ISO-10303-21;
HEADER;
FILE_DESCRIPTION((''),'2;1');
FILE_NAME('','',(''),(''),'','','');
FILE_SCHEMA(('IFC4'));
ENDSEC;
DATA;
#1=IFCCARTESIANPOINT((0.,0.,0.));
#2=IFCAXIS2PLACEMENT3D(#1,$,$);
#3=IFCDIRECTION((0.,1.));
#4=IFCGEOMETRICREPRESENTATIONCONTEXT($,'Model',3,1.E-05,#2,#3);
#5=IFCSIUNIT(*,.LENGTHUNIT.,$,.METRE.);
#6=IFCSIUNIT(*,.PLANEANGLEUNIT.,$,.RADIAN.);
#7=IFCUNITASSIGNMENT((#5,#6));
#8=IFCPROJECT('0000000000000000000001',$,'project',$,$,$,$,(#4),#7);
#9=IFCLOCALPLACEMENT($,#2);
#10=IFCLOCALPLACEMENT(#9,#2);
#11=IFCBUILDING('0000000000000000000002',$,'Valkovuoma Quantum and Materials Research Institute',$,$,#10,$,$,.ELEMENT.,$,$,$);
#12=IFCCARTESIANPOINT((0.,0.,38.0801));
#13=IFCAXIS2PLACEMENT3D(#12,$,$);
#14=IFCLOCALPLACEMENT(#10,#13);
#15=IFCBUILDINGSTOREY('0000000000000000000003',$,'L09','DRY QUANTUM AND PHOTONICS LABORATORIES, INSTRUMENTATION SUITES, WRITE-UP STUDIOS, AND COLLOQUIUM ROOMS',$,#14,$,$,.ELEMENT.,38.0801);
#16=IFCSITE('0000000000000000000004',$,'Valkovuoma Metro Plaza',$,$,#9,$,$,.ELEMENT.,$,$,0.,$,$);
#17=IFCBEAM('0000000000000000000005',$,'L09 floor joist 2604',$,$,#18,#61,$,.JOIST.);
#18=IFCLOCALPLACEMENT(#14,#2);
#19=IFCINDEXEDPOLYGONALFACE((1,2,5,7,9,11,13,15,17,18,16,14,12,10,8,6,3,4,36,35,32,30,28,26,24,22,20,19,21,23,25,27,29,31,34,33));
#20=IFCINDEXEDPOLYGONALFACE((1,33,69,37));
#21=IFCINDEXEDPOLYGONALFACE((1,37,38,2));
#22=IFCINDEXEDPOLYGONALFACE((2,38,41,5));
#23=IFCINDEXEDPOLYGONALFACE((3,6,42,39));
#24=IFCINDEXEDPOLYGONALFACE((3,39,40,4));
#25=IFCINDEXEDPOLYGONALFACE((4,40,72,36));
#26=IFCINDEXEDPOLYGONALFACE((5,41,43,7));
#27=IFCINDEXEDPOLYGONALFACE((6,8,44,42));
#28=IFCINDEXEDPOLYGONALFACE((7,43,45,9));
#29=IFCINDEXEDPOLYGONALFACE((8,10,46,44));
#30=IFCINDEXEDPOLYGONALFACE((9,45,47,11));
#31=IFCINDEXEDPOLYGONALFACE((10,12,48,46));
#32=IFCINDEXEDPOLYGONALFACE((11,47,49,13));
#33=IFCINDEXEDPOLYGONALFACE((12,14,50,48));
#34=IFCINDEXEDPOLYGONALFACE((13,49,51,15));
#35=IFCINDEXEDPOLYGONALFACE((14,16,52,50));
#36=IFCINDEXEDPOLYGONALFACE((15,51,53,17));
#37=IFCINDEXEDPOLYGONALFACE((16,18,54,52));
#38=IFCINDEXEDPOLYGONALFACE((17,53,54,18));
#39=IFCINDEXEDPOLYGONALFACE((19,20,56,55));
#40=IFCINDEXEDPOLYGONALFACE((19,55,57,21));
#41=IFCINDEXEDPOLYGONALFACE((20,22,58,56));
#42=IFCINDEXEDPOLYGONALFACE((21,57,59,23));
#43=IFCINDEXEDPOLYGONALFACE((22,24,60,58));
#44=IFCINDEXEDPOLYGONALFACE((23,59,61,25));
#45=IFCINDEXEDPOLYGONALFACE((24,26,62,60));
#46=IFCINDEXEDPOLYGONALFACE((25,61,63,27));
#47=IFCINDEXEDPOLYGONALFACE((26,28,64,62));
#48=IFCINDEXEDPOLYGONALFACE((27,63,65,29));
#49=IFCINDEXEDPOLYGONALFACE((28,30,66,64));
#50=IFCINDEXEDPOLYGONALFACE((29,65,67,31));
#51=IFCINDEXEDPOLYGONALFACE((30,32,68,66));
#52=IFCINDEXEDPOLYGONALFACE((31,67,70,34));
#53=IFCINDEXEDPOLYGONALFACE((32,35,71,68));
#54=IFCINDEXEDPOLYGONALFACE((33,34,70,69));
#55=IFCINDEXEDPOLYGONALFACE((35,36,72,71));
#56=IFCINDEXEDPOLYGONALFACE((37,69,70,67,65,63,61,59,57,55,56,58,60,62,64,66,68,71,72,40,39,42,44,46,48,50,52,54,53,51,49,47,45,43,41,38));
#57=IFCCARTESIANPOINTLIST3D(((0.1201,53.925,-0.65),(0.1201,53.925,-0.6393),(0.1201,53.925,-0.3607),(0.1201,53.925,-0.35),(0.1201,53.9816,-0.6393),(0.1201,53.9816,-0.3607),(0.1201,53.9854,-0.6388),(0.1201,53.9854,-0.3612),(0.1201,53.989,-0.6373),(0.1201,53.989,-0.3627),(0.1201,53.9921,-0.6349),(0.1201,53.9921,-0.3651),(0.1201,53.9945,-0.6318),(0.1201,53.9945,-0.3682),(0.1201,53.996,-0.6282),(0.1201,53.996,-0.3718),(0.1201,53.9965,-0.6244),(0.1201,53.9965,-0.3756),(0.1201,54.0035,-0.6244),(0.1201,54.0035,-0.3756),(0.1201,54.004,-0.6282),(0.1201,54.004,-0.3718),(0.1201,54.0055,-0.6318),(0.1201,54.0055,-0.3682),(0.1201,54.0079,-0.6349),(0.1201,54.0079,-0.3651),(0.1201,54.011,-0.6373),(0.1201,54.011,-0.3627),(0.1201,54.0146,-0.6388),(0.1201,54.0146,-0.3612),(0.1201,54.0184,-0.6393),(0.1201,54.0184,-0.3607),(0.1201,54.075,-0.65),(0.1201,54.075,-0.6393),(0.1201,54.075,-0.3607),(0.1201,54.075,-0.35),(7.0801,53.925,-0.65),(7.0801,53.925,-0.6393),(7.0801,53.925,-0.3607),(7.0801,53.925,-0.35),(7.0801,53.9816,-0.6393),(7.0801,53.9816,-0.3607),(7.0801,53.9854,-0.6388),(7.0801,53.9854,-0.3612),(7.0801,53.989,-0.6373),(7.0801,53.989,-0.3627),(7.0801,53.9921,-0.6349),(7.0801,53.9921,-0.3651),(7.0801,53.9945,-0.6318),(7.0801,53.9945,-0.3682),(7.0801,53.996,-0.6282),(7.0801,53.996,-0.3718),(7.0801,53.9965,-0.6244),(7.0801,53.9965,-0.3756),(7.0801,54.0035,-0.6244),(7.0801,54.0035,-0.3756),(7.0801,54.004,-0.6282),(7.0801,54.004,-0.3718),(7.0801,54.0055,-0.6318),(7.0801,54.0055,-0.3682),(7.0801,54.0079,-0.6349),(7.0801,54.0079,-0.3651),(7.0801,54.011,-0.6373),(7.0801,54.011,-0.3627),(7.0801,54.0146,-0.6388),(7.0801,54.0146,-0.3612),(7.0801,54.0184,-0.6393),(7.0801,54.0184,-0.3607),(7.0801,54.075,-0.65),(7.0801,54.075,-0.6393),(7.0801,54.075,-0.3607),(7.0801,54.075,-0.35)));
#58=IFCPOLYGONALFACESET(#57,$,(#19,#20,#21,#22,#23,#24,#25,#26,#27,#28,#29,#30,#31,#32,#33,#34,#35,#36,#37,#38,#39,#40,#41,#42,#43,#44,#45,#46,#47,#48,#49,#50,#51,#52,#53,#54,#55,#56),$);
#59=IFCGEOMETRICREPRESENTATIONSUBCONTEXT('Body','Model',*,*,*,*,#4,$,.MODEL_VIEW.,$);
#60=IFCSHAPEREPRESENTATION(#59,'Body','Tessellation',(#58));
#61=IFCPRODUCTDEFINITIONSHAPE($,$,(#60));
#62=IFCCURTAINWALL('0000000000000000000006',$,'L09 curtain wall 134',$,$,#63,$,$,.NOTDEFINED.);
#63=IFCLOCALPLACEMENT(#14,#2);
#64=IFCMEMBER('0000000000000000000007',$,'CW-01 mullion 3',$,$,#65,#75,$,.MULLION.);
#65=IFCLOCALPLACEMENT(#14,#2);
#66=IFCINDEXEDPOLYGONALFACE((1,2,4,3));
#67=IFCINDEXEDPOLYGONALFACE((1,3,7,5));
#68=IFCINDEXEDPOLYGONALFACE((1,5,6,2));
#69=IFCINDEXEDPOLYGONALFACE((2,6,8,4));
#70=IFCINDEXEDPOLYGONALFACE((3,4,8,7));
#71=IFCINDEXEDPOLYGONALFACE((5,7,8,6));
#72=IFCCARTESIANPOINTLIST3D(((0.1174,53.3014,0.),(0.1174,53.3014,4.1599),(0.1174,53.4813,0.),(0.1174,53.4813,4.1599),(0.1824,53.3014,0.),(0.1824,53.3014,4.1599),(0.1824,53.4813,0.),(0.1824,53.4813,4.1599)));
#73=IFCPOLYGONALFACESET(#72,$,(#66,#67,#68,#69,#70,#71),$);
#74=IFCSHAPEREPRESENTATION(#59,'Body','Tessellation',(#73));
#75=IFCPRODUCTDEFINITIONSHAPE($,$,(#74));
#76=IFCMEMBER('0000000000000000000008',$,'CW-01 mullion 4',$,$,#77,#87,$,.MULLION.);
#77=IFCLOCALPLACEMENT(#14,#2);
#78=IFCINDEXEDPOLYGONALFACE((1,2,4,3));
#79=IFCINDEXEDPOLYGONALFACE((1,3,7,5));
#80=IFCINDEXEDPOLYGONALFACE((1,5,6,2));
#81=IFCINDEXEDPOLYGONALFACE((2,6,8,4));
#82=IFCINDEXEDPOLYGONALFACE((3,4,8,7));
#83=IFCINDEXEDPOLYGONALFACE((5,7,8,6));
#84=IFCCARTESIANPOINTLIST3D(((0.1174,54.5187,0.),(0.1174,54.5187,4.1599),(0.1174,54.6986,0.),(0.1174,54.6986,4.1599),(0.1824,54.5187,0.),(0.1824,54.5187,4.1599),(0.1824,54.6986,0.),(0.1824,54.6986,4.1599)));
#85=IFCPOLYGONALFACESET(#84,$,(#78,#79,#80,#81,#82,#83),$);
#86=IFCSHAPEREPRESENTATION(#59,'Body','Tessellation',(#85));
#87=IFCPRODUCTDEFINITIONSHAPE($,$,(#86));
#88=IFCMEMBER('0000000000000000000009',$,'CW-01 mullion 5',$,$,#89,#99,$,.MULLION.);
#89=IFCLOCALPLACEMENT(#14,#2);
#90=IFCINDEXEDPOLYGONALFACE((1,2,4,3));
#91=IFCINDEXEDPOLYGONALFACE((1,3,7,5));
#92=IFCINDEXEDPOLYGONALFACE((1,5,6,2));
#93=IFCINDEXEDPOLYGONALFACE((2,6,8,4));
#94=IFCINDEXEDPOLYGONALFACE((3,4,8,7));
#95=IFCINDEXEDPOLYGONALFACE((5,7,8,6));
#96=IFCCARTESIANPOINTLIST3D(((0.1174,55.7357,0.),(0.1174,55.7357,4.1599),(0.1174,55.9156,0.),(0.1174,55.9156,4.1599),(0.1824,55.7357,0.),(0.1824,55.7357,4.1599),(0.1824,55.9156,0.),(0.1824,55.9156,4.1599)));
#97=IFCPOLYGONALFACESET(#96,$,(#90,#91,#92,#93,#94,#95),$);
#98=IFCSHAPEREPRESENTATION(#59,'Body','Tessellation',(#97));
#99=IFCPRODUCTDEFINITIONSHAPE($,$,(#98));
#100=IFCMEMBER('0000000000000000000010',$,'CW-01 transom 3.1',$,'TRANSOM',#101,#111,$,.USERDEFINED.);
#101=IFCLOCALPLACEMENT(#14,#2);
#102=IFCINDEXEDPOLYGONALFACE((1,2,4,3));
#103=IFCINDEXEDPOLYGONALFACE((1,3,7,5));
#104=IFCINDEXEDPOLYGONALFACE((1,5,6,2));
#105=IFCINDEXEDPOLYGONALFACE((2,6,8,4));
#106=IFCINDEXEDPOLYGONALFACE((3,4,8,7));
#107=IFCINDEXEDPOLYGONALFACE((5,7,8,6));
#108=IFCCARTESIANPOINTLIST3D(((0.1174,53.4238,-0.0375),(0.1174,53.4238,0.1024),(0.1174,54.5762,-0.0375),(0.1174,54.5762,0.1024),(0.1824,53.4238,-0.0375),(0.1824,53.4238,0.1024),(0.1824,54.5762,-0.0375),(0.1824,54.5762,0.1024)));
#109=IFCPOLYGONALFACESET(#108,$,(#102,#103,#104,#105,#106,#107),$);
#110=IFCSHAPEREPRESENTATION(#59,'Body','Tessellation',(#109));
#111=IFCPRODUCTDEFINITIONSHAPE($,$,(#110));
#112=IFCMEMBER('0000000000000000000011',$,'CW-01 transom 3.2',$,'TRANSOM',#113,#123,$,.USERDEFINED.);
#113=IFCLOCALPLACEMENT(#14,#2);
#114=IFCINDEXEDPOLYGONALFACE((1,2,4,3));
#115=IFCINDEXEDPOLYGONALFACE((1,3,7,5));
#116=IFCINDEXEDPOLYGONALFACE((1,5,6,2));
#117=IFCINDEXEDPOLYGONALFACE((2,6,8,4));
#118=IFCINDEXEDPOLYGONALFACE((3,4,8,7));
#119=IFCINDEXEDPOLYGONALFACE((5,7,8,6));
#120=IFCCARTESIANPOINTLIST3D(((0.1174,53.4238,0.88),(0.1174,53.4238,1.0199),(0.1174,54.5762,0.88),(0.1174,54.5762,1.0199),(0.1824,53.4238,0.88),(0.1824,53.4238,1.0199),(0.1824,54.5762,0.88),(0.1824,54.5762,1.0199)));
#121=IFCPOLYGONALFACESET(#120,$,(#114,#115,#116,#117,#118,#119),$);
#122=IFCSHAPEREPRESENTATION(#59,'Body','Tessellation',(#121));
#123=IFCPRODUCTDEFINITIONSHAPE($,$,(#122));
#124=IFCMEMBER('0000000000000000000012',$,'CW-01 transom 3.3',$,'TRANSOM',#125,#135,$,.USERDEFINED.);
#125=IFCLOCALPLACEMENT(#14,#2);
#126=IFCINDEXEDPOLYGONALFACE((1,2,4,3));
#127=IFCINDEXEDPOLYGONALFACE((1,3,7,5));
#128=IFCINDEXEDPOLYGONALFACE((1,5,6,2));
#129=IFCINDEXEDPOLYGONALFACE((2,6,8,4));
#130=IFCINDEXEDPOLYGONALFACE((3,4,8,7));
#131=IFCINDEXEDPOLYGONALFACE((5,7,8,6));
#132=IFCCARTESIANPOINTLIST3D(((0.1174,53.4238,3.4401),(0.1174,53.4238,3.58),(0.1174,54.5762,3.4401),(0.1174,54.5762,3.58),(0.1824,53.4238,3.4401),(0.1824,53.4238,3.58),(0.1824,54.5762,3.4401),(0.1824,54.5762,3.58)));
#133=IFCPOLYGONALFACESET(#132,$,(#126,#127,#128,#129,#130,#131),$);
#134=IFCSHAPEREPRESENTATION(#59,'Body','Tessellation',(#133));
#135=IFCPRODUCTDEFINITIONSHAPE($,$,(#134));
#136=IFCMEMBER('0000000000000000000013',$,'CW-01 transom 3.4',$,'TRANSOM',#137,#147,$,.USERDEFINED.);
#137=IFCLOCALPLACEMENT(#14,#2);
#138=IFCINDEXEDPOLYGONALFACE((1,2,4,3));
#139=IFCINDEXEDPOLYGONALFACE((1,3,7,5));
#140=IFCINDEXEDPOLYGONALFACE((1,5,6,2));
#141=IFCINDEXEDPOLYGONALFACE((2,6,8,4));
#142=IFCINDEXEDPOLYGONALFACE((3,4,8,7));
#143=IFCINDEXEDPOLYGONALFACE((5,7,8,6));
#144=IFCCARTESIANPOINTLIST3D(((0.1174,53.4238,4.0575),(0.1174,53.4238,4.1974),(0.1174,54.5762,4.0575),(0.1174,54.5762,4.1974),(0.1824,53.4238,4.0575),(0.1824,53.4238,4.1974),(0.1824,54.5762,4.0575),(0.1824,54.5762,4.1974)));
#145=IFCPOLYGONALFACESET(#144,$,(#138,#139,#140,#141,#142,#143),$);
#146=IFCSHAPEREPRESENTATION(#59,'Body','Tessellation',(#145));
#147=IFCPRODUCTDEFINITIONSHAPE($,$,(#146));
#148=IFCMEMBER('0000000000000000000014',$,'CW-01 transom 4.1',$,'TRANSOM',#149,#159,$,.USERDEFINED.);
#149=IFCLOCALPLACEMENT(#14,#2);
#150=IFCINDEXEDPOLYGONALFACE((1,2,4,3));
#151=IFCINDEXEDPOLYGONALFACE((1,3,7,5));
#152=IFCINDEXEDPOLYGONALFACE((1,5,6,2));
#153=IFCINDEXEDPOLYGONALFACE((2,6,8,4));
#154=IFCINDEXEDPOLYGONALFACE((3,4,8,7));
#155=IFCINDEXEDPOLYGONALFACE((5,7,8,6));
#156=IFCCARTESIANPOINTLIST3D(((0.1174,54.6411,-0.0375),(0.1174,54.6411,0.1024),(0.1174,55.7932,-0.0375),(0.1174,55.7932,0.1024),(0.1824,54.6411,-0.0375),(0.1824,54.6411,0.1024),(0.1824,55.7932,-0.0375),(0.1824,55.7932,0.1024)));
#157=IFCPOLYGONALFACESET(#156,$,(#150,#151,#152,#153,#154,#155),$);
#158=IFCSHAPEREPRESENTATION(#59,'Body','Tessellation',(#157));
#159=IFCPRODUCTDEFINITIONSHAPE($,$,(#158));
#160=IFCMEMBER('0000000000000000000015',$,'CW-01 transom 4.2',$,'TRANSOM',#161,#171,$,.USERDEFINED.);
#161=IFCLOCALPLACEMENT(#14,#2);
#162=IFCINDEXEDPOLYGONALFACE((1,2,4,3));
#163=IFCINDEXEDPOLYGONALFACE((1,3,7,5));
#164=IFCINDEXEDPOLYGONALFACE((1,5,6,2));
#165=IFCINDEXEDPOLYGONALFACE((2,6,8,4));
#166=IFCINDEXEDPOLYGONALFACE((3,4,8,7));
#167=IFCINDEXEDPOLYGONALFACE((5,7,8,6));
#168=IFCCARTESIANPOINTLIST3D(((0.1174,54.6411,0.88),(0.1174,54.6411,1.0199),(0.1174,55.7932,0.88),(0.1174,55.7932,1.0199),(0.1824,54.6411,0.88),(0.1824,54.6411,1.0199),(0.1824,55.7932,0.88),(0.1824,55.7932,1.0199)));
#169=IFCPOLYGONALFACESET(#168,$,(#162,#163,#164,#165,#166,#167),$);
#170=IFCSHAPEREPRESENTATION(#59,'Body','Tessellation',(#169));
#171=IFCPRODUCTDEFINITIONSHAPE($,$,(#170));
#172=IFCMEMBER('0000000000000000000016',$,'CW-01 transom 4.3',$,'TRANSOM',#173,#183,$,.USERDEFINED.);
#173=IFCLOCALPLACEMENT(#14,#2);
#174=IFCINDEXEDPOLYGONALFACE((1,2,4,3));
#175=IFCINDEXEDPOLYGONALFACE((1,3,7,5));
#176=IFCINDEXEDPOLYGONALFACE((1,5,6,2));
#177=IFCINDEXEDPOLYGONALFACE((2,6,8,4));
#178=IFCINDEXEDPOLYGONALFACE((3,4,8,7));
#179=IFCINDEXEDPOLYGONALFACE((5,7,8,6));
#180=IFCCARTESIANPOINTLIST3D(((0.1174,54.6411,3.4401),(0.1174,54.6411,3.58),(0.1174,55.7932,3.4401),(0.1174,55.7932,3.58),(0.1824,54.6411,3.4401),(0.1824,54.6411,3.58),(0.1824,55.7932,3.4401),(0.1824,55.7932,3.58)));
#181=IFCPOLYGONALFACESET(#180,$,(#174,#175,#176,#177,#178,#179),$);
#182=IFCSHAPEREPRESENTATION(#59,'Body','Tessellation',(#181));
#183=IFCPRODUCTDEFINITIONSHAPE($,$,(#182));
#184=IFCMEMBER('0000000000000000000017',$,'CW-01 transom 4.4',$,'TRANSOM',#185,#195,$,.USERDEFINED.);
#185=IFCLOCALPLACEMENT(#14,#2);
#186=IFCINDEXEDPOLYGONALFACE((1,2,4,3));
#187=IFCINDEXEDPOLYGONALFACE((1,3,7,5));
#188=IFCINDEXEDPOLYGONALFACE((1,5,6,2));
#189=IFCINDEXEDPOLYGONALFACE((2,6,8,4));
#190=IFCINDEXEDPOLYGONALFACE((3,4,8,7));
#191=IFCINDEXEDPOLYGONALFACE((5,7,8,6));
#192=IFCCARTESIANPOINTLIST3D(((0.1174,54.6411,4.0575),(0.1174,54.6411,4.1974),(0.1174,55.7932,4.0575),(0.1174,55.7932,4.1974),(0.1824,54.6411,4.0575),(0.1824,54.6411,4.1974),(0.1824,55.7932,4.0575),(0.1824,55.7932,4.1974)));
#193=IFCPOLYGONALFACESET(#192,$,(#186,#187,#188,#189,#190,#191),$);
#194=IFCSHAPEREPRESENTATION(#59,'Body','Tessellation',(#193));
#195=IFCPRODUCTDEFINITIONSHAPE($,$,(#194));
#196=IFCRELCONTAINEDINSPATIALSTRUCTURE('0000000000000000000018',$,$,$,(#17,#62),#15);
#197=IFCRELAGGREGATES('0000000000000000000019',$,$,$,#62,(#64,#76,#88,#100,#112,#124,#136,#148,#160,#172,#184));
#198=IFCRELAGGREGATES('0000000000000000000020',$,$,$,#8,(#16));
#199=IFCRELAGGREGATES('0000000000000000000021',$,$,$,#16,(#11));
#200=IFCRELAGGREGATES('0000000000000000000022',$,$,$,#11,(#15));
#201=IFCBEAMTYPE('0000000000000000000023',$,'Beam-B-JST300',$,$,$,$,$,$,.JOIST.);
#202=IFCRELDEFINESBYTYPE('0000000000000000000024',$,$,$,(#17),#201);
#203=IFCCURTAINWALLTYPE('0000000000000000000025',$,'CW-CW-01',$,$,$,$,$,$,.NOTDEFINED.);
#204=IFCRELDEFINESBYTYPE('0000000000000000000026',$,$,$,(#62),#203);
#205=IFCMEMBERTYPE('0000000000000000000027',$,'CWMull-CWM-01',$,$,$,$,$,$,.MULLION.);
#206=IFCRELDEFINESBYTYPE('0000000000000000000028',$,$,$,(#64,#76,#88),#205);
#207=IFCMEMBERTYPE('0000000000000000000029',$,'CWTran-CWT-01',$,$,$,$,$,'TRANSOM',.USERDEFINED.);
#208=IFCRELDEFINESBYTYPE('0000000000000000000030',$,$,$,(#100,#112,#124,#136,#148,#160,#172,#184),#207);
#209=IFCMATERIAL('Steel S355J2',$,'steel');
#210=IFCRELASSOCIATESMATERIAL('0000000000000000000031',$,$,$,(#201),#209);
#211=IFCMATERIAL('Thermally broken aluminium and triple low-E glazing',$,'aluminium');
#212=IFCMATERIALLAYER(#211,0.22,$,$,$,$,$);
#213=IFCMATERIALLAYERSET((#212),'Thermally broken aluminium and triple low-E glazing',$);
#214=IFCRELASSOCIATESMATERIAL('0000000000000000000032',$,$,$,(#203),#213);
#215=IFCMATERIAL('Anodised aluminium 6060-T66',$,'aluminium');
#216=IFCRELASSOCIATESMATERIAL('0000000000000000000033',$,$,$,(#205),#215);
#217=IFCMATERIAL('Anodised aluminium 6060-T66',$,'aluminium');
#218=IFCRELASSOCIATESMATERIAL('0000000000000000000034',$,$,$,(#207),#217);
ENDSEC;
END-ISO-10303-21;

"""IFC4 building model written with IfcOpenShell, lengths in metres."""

from ifc_helpers import new_model, si_unit, direction, frame, origin, origin_2d, place, context, subcontext, project, spatial, rectangle, i_section, extrude, material, layer, layer_set, material_profile, profile_set, type_object, element, aggregate, save


model = new_model("IFC4")

# Units and contexts
model_context = context("Model", 3, precision=1e-05, world=origin(), true_north=direction((0.0, 1.0)))
body_context = subcontext(model_context, "Body", "Model", "MODEL_VIEW")
ifc_project = project(units=[si_unit("LENGTHUNIT", "METRE"), si_unit("PLANEANGLEUNIT", "RADIAN")], contexts=[model_context])

# Site, building, storey
site_placement = place(None, origin())
site = spatial("IfcSite", under=ifc_project, at=site_placement, Name="Valkovuoma Metro Plaza", CompositionType="ELEMENT", RefElevation=0.0)
building_placement = place(site_placement, origin())
building = spatial("IfcBuilding", under=site, at=building_placement, Name="Valkovuoma Quantum and Materials Research Institute", CompositionType="ELEMENT")
storey_placement = place(building_placement, frame((0.0, 0.0, 38.0801)))
storey = spatial("IfcBuildingStorey", under=building, at=storey_placement, Name="L09", Description="DRY QUANTUM AND PHOTONICS LABORATORIES, INSTRUMENTATION SUITES, WRITE-UP STUDIOS, AND COLLOQUIUM ROOMS", CompositionType="ELEMENT", Elevation=38.0801)

# Beam
ifc_material_1 = material(Name="Steel S355J2", Category="steel")
ifc_material_profile_1 = material_profile(ifc_material_1, i_section(OverallWidth=0.1499, OverallDepth=0.3, WebThickness=0.0071, FlangeThickness=0.0107, FilletRadius=0.0149, at=origin_2d()), Name="Steel S355J2")
ifc_profile_set_1 = profile_set([ifc_material_profile_1], Name="Steel S355J2")
beam_type = type_object("IfcBeamType", Name="Beam-B-JST300", PredefinedType="JOIST", material=ifc_profile_set_1)
beam_placement = place(storey_placement, frame((0.1201, 54.0, -0.5), z_axis=(1.0, 0.0, 0.0), x_axis=(0.0, 1.0, 0.0)))
element("IfcBeam", 1, at=beam_placement, inside=storey, type_object=beam_type, Name="L09 floor joist 2604", PredefinedType="JOIST", context=body_context, shape_type="SweptSolid", body=[
    extrude(i_section(OverallWidth=0.1499, OverallDepth=0.3, WebThickness=0.0071, FlangeThickness=0.0107, FilletRadius=0.0149, at=origin_2d()), origin(), (0.0, 0.0, 1.0), 6.96),
])

# Curtain wall, members
ifc_material_2 = material(Name="Thermally broken aluminium and triple low-E glazing", Category="aluminium")
ifc_layer_1 = layer(ifc_material_2, 0.22)
ifc_layer_set_1 = layer_set([ifc_layer_1], Name="Thermally broken aluminium and triple low-E glazing")
curtain_wall_type = type_object("IfcCurtainWallType", Name="CW-CW-01", PredefinedType="NOTDEFINED", material=ifc_layer_set_1)
curtain_wall_placement = place(storey_placement, origin())
curtain_wall = element("IfcCurtainWall", 2, at=curtain_wall_placement, inside=storey, type_object=curtain_wall_type, Name="L09 curtain wall 134", PredefinedType="NOTDEFINED")
ifc_material_3 = material(Name="Anodised aluminium 6060-T66", Category="aluminium")
ifc_material_profile_2 = material_profile(ifc_material_3, rectangle(XDim=0.0649, YDim=0.1799, at=origin_2d()), Name="Anodised aluminium 6060-T66")
ifc_profile_set_2 = profile_set([ifc_material_profile_2], Name="Anodised aluminium 6060-T66")
member_type_1 = type_object("IfcMemberType", Name="CWMull-CWM-01", PredefinedType="MULLION", material=ifc_profile_set_2)
member_1_placement = place(storey_placement, frame((0.1499, 53.3914, 0.0), z_axis=(0.0, 0.0, 1.0), x_axis=(-1.0, 0.0, 0.0)))
member_1 = element("IfcMember", 3, at=member_1_placement, type_object=member_type_1, Name="CW-01 mullion 3", PredefinedType="MULLION", context=body_context, shape_type="SweptSolid", body=[
    extrude(rectangle(XDim=0.0649, YDim=0.1799, at=origin_2d()), origin(), (0.0, 0.0, 1.0), 4.1599),
])
member_2_placement = place(storey_placement, frame((0.1499, 54.6086, 0.0), z_axis=(0.0, 0.0, 1.0), x_axis=(-1.0, 0.0, 0.0)))
member_2 = element("IfcMember", 4, at=member_2_placement, type_object=member_type_1, Name="CW-01 mullion 4", PredefinedType="MULLION", context=body_context, shape_type="SweptSolid", body=[
    extrude(rectangle(XDim=0.0649, YDim=0.1799, at=origin_2d()), origin(), (0.0, 0.0, 1.0), 4.1599),
])
member_3_placement = place(storey_placement, frame((0.1499, 55.8257, 0.0), z_axis=(0.0, 0.0, 1.0), x_axis=(-1.0, 0.0, 0.0)))
member_3 = element("IfcMember", 5, at=member_3_placement, type_object=member_type_1, Name="CW-01 mullion 5", PredefinedType="MULLION", context=body_context, shape_type="SweptSolid", body=[
    extrude(rectangle(XDim=0.0649, YDim=0.1799, at=origin_2d()), origin(), (0.0, 0.0, 1.0), 4.1599),
])
ifc_material_4 = material(Name="Anodised aluminium 6060-T66", Category="aluminium")
ifc_material_profile_3 = material_profile(ifc_material_4, rectangle(XDim=0.0649, YDim=0.1399, at=origin_2d()), Name="Anodised aluminium 6060-T66")
ifc_profile_set_3 = profile_set([ifc_material_profile_3], Name="Anodised aluminium 6060-T66")
member_type_2 = type_object("IfcMemberType", Name="CWTran-CWT-01", ElementType="TRANSOM", PredefinedType="USERDEFINED", material=ifc_profile_set_3)
member_4_placement = place(storey_placement, frame((0.1499, 53.4238, 0.0325), z_axis=(0.0, 1.0, 0.0), x_axis=(-1.0, 0.0, 0.0)))
member_4 = element("IfcMember", 6, at=member_4_placement, type_object=member_type_2, Name="CW-01 transom 3.1", ObjectType="TRANSOM", PredefinedType="USERDEFINED", context=body_context, shape_type="SweptSolid", body=[
    extrude(rectangle(XDim=0.0649, YDim=0.1399, at=origin_2d()), origin(), (0.0, 0.0, 1.0), 1.1523),
])
member_5_placement = place(storey_placement, frame((0.1499, 53.4238, 0.95), z_axis=(0.0, 1.0, 0.0), x_axis=(-1.0, 0.0, 0.0)))
member_5 = element("IfcMember", 7, at=member_5_placement, type_object=member_type_2, Name="CW-01 transom 3.2", ObjectType="TRANSOM", PredefinedType="USERDEFINED", context=body_context, shape_type="SweptSolid", body=[
    extrude(rectangle(XDim=0.0649, YDim=0.1399, at=origin_2d()), origin(), (0.0, 0.0, 1.0), 1.1523),
])
member_6_placement = place(storey_placement, frame((0.1499, 53.4238, 3.51), z_axis=(0.0, 1.0, 0.0), x_axis=(-1.0, 0.0, 0.0)))
member_6 = element("IfcMember", 8, at=member_6_placement, type_object=member_type_2, Name="CW-01 transom 3.3", ObjectType="TRANSOM", PredefinedType="USERDEFINED", context=body_context, shape_type="SweptSolid", body=[
    extrude(rectangle(XDim=0.0649, YDim=0.1399, at=origin_2d()), origin(), (0.0, 0.0, 1.0), 1.1523),
])
member_7_placement = place(storey_placement, frame((0.1499, 53.4238, 4.1274), z_axis=(0.0, 1.0, 0.0), x_axis=(-1.0, 0.0, 0.0)))
member_7 = element("IfcMember", 9, at=member_7_placement, type_object=member_type_2, Name="CW-01 transom 3.4", ObjectType="TRANSOM", PredefinedType="USERDEFINED", context=body_context, shape_type="SweptSolid", body=[
    extrude(rectangle(XDim=0.0649, YDim=0.1399, at=origin_2d()), origin(), (0.0, 0.0, 1.0), 1.1523),
])
member_8_placement = place(storey_placement, frame((0.1499, 54.6411, 0.0325), z_axis=(0.0, 1.0, 0.0), x_axis=(-1.0, 0.0, 0.0)))
member_8 = element("IfcMember", 10, at=member_8_placement, type_object=member_type_2, Name="CW-01 transom 4.1", ObjectType="TRANSOM", PredefinedType="USERDEFINED", context=body_context, shape_type="SweptSolid", body=[
    extrude(rectangle(XDim=0.0649, YDim=0.1399, at=origin_2d()), origin(), (0.0, 0.0, 1.0), 1.1521),
])
member_9_placement = place(storey_placement, frame((0.1499, 54.6411, 0.95), z_axis=(0.0, 1.0, 0.0), x_axis=(-1.0, 0.0, 0.0)))
member_9 = element("IfcMember", 11, at=member_9_placement, type_object=member_type_2, Name="CW-01 transom 4.2", ObjectType="TRANSOM", PredefinedType="USERDEFINED", context=body_context, shape_type="SweptSolid", body=[
    extrude(rectangle(XDim=0.0649, YDim=0.1399, at=origin_2d()), origin(), (0.0, 0.0, 1.0), 1.1521),
])
member_10_placement = place(storey_placement, frame((0.1499, 54.6411, 3.51), z_axis=(0.0, 1.0, 0.0), x_axis=(-1.0, 0.0, 0.0)))
member_10 = element("IfcMember", 12, at=member_10_placement, type_object=member_type_2, Name="CW-01 transom 4.3", ObjectType="TRANSOM", PredefinedType="USERDEFINED", context=body_context, shape_type="SweptSolid", body=[
    extrude(rectangle(XDim=0.0649, YDim=0.1399, at=origin_2d()), origin(), (0.0, 0.0, 1.0), 1.1521),
])
member_11_placement = place(storey_placement, frame((0.1499, 54.6411, 4.1274), z_axis=(0.0, 1.0, 0.0), x_axis=(-1.0, 0.0, 0.0)))
member_11 = element("IfcMember", 13, at=member_11_placement, type_object=member_type_2, Name="CW-01 transom 4.4", ObjectType="TRANSOM", PredefinedType="USERDEFINED", context=body_context, shape_type="SweptSolid", body=[
    extrude(rectangle(XDim=0.0649, YDim=0.1399, at=origin_2d()), origin(), (0.0, 0.0, 1.0), 1.1521),
])
aggregate(curtain_wall, [member_1, member_2, member_3, member_4, member_5, member_6, member_7, member_8, member_9, member_10, member_11])

save(model, "model.ifc")
